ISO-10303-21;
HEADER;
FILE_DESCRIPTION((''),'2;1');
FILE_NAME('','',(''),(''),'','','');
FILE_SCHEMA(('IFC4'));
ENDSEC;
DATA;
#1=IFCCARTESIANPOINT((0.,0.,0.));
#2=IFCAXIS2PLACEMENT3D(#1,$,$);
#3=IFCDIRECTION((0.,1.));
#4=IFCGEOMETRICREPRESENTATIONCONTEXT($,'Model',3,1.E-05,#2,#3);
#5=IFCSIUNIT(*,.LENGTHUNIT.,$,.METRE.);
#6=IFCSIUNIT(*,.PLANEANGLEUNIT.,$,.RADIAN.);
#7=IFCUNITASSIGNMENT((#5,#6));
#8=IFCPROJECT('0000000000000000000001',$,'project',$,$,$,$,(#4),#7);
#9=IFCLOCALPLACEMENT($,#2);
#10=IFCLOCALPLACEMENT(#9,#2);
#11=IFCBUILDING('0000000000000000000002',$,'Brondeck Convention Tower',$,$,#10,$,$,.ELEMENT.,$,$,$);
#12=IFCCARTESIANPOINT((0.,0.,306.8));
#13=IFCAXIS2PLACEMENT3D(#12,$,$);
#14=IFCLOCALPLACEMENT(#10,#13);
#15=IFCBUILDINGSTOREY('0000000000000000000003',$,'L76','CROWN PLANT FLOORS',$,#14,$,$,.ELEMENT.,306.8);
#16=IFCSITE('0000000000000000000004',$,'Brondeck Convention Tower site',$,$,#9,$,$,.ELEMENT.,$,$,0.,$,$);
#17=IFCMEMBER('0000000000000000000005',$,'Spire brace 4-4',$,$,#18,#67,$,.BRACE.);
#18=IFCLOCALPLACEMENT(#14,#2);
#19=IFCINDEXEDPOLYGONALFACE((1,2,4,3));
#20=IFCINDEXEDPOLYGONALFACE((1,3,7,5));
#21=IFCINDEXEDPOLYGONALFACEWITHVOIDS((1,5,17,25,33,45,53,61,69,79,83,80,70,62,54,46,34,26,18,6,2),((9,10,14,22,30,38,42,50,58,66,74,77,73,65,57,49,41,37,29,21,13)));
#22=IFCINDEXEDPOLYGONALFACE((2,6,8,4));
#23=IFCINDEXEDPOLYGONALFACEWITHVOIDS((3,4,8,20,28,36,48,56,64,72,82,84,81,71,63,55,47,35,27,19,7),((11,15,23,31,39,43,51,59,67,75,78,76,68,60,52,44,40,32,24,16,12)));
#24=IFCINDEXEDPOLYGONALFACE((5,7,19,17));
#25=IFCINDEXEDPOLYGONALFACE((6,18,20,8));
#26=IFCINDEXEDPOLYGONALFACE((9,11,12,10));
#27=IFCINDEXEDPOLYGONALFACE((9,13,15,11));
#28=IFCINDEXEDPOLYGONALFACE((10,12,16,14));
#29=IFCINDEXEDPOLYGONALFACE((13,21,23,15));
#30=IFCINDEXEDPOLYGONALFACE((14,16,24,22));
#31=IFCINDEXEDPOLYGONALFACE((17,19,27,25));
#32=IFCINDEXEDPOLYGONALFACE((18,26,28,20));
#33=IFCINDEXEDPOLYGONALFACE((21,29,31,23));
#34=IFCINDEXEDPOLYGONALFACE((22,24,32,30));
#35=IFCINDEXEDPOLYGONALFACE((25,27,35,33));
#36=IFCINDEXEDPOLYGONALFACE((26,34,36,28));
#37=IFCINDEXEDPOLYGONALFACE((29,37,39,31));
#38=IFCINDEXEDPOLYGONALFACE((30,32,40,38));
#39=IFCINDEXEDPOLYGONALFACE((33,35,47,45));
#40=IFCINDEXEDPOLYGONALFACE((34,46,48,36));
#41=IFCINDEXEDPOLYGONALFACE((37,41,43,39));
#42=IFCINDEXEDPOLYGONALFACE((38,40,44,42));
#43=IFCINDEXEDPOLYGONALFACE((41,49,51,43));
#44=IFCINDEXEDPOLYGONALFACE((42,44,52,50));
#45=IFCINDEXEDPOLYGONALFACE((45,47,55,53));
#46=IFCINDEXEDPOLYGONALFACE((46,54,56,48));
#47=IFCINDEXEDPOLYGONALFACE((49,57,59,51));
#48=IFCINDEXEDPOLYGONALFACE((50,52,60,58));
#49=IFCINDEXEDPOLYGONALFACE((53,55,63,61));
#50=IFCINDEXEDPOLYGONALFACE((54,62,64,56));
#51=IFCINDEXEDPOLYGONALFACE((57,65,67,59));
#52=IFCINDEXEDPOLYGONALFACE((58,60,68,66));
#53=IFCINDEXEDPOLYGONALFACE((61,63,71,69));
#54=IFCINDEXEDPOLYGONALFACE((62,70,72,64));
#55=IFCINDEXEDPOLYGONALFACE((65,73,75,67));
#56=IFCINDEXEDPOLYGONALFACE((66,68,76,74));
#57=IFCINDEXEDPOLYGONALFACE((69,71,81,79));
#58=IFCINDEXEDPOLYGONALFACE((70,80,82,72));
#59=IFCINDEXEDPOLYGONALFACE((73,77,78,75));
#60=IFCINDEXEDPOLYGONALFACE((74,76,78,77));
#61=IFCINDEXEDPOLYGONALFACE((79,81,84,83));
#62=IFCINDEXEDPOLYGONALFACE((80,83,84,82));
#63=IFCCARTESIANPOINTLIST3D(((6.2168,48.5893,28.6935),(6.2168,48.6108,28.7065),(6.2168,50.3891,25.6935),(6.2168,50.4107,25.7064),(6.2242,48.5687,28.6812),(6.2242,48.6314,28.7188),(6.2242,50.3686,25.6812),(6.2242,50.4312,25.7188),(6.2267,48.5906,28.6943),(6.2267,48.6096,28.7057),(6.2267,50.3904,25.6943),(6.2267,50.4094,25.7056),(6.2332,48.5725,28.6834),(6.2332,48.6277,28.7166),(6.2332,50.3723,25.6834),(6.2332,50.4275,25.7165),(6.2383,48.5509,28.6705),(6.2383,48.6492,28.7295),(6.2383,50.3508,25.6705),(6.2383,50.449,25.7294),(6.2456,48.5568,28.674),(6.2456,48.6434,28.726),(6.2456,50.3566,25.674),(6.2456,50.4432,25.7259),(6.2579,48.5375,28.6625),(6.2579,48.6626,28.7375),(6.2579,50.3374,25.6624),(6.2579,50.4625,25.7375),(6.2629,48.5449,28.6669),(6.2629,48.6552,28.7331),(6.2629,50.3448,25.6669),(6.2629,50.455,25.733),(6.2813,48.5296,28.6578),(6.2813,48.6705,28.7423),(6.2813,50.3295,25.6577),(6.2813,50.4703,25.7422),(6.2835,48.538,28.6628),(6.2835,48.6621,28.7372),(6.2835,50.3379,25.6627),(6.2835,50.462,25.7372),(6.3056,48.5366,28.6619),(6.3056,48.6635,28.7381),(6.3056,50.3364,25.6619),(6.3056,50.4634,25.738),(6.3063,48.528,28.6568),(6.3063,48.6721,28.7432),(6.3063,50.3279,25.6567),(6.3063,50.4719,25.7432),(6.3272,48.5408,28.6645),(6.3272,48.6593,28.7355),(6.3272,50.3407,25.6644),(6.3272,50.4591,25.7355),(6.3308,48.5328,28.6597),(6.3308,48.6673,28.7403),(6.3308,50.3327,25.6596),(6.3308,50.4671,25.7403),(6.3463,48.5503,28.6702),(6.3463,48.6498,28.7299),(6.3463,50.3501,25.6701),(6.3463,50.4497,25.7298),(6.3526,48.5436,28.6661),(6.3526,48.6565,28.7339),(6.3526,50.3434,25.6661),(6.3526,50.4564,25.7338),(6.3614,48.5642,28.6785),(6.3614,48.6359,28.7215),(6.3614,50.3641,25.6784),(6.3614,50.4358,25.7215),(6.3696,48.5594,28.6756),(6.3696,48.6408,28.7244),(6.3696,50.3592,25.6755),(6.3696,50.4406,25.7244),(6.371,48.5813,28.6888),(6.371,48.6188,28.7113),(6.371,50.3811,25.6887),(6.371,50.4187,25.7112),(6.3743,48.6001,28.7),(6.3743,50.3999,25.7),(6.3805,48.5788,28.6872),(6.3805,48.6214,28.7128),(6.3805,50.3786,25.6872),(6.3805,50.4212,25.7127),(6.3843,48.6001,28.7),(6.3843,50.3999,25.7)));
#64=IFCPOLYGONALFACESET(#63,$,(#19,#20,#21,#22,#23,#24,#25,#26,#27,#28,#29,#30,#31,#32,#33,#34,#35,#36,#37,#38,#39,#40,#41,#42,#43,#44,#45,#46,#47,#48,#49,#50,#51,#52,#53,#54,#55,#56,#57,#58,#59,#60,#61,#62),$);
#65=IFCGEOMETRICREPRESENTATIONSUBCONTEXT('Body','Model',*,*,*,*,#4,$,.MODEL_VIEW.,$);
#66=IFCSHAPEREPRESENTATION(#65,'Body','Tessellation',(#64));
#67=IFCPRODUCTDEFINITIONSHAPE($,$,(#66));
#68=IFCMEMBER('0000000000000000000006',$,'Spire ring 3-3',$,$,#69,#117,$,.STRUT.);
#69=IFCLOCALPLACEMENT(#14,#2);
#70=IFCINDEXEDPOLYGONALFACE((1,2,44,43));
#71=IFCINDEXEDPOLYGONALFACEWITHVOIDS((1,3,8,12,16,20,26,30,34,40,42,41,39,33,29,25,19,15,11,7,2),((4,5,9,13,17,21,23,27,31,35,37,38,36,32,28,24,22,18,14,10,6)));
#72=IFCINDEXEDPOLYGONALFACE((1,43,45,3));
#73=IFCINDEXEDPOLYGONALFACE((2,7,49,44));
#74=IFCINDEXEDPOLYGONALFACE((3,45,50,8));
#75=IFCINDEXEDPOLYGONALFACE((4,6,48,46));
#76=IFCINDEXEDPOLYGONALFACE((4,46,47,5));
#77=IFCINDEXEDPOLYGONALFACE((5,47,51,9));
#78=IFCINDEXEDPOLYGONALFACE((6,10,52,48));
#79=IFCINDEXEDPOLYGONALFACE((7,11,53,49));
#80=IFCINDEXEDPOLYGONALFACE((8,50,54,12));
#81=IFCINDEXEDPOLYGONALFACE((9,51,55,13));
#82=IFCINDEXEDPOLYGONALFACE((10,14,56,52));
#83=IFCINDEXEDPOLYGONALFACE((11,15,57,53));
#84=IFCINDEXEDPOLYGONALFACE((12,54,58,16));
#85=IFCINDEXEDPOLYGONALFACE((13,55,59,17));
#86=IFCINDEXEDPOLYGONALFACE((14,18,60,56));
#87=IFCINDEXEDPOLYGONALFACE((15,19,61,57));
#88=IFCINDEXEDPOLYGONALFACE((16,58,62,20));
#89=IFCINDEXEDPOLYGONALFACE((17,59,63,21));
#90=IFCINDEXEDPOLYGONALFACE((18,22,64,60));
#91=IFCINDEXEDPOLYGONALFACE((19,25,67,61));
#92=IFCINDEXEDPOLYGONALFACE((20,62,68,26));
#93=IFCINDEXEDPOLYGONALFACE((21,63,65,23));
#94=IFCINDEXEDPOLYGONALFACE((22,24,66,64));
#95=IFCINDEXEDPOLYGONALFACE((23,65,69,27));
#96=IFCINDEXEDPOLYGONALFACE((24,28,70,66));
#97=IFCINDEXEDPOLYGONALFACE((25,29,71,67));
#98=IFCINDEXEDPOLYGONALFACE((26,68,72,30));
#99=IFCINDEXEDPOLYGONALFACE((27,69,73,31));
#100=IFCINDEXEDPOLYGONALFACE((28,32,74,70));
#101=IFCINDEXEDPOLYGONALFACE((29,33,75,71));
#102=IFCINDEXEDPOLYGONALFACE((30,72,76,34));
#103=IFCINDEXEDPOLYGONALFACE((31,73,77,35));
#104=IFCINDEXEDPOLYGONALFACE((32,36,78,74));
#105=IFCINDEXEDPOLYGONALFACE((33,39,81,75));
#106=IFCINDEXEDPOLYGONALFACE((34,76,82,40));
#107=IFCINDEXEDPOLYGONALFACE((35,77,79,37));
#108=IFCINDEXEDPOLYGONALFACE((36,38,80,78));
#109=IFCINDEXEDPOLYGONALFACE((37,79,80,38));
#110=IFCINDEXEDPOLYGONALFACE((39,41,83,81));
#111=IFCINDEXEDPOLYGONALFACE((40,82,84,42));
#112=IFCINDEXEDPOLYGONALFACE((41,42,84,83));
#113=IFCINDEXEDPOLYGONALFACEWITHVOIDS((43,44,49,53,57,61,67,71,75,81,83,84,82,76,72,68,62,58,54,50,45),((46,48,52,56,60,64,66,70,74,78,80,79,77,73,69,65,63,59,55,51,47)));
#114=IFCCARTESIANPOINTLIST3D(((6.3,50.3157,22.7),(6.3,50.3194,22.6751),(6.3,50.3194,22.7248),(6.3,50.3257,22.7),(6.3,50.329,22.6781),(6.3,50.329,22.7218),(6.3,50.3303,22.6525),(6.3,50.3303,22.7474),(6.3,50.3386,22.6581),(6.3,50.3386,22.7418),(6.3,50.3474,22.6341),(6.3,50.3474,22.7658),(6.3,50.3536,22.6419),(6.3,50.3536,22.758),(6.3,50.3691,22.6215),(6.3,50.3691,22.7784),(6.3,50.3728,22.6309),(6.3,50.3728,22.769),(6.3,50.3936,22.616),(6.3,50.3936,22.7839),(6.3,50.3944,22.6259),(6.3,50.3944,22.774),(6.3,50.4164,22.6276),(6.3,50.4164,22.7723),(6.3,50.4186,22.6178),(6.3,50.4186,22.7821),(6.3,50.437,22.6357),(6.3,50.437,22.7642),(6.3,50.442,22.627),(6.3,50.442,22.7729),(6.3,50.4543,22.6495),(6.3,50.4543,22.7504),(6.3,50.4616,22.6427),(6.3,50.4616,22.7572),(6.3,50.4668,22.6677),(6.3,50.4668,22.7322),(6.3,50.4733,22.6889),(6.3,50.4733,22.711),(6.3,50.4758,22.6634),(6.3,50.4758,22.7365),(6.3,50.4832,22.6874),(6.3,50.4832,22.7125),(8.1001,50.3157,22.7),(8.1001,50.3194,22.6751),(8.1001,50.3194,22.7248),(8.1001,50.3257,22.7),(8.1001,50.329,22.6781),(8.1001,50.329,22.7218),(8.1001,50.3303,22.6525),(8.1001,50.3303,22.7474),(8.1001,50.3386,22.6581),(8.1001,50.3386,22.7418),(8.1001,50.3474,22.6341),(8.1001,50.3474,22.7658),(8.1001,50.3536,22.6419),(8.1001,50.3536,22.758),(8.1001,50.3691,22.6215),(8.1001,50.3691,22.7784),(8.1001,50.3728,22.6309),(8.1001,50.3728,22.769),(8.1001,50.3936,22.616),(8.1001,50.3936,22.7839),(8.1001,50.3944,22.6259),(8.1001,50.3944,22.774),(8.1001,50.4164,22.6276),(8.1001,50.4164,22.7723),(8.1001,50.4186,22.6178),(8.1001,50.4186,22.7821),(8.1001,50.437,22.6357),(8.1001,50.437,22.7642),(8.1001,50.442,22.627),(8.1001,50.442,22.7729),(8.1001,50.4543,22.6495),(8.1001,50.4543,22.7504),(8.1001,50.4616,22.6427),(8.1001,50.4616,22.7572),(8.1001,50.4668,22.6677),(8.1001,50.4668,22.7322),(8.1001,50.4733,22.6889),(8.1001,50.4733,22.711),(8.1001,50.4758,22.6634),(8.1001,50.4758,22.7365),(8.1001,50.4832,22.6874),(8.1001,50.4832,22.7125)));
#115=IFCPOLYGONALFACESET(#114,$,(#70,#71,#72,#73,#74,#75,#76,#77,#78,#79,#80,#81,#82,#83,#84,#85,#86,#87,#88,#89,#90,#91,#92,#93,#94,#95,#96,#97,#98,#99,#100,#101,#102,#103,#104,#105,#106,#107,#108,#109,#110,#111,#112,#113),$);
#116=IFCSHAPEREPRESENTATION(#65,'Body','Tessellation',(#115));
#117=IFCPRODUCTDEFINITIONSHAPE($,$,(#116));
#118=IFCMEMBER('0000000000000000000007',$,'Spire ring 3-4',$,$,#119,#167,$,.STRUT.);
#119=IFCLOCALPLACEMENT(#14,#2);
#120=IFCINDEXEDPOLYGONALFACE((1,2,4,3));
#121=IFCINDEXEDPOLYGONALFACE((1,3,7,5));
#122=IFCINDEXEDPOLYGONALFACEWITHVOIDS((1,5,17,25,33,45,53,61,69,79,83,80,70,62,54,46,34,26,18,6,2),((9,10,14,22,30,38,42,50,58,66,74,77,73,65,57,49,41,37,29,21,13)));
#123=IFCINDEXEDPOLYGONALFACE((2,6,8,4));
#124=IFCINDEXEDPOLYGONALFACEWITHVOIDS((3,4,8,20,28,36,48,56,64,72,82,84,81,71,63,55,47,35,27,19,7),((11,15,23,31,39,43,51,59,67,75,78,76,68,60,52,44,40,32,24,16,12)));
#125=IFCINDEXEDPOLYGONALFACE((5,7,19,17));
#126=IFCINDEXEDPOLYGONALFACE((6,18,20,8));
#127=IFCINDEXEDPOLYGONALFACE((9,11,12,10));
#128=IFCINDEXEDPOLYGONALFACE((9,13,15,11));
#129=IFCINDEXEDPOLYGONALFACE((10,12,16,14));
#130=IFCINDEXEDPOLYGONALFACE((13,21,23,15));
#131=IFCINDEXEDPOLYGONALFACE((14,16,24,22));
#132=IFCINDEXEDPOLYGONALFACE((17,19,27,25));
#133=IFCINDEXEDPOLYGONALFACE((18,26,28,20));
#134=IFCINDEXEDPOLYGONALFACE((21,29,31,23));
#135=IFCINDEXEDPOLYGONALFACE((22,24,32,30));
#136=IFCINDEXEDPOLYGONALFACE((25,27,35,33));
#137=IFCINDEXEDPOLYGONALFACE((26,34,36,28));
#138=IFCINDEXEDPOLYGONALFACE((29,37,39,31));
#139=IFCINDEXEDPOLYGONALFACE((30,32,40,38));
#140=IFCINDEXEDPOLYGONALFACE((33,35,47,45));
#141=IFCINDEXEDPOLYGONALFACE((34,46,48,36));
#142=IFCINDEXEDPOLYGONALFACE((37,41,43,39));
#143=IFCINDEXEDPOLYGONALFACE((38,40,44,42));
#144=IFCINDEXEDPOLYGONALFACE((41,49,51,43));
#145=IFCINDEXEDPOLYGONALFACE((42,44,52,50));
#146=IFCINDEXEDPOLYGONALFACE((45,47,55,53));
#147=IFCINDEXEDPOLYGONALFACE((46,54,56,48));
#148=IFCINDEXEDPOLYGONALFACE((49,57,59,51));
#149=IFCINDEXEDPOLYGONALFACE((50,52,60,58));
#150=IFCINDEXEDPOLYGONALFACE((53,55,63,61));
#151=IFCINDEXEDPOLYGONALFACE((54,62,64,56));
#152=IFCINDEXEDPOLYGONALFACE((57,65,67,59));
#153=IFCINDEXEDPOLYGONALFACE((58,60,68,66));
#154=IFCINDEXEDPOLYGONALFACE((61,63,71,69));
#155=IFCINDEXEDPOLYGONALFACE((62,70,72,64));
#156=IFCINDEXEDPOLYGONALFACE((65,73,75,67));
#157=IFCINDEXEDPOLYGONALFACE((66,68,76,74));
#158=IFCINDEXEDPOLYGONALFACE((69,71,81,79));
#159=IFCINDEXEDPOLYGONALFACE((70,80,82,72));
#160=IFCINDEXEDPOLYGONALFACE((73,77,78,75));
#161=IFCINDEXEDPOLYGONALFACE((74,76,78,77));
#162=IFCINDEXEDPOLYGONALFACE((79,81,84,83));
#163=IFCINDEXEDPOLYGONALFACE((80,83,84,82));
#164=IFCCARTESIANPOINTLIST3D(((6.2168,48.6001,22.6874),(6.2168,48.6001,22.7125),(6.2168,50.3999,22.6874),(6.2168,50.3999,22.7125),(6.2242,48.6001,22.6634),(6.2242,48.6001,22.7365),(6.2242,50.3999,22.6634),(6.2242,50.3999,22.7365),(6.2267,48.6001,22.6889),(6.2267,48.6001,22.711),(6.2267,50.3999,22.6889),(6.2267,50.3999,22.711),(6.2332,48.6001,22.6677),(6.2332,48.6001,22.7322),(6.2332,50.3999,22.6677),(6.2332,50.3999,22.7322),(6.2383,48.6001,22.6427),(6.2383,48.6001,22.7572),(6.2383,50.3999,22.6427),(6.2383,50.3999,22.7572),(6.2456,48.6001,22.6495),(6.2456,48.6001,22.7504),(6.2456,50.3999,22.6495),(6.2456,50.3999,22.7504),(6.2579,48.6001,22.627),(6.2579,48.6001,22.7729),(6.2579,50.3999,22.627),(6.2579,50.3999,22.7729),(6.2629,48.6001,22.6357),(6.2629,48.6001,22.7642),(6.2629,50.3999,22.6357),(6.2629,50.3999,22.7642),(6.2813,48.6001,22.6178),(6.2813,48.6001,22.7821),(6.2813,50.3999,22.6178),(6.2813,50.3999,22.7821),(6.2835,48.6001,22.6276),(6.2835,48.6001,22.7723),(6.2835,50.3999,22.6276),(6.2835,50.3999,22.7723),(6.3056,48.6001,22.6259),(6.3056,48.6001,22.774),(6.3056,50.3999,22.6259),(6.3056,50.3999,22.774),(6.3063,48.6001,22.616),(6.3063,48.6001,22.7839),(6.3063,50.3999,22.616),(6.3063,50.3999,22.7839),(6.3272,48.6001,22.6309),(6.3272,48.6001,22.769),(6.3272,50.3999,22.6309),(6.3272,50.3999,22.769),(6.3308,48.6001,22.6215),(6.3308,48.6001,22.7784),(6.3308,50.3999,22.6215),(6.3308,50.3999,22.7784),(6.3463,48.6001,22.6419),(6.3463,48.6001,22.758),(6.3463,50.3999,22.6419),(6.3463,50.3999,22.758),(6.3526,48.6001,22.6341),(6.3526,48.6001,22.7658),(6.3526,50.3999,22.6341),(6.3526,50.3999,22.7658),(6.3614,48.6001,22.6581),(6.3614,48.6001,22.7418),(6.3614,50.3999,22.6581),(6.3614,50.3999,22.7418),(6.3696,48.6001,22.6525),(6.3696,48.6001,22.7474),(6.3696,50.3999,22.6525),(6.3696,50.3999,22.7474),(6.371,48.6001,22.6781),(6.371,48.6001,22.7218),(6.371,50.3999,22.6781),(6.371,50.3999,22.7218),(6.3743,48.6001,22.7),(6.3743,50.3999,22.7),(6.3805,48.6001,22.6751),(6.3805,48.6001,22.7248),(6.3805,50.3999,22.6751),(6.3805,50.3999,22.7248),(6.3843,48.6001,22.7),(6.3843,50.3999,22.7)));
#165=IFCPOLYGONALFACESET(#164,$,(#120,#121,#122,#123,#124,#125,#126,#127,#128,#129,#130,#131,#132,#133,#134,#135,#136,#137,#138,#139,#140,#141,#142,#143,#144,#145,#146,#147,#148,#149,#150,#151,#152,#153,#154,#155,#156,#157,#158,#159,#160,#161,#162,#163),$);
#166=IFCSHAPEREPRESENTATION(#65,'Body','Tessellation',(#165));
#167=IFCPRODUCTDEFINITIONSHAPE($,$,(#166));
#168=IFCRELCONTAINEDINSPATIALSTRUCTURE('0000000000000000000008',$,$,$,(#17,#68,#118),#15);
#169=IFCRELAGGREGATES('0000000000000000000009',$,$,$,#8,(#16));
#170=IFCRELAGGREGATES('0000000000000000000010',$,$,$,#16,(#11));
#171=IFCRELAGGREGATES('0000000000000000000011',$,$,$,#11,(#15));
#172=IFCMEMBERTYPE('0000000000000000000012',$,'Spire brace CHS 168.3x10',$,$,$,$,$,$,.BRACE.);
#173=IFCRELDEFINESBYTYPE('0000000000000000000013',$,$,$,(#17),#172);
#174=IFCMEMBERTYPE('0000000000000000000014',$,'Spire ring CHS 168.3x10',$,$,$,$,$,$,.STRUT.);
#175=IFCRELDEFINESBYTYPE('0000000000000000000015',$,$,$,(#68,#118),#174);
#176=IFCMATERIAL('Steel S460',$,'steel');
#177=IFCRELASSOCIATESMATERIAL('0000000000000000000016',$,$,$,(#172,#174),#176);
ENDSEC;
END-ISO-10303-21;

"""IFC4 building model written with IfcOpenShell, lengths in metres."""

from ifc_helpers import new_model, si_unit, direction, frame, origin, origin_2d, place, context, subcontext, project, spatial, hollow_circle, extrude, material, material_profile, profile_set, type_object, element, save


model = new_model("IFC4")

# Units and contexts
model_context = context("Model", 3, precision=1e-05, world=origin(), true_north=direction((0.0, 1.0)))
body_context = subcontext(model_context, "Body", "Model", "MODEL_VIEW")
ifc_project = project(units=[si_unit("LENGTHUNIT", "METRE"), si_unit("PLANEANGLEUNIT", "RADIAN")], contexts=[model_context])

# Site, building, storey
site_placement = place(None, origin())
site = spatial("IfcSite", under=ifc_project, at=site_placement, Name="Brondeck Convention Tower site", CompositionType="ELEMENT", RefElevation=0.0)
building_placement = place(site_placement, origin())
building = spatial("IfcBuilding", under=site, at=building_placement, Name="Brondeck Convention Tower", CompositionType="ELEMENT")
storey_placement = place(building_placement, frame((0.0, 0.0, 306.8)))
storey = spatial("IfcBuildingStorey", under=building, at=storey_placement, Name="L76", Description="CROWN PLANT FLOORS", CompositionType="ELEMENT", Elevation=306.8)

# Members
ifc_material = material(Name="Steel S460", Category="steel")
ifc_material_profile_1 = material_profile(ifc_material, hollow_circle(Radius=0.0842, WallThickness=0.01, at=origin_2d()), Name="CHS 168.3x10")
ifc_profile_set_1 = profile_set([ifc_material_profile_1], Name="Steel S460")
member_type_1 = type_object("IfcMemberType", Name="Spire brace CHS 168.3x10", PredefinedType="BRACE", material=ifc_profile_set_1)
for number, where, z_axis, x_axis, name in (
    (1, (6.3, 50.3999, 25.7), (0.0, -0.514455, 0.857518), (1.0, 0.0, 0.0), "Spire brace 4-4"),
):
    element("IfcMember", number, at=place(storey_placement, frame(where, z_axis=z_axis, x_axis=x_axis)), inside=storey, type_object=member_type_1, Name=name, PredefinedType="BRACE", context=body_context, shape_type="SweptSolid", body=[
        extrude(hollow_circle(Radius=0.0842, WallThickness=0.01, at=origin_2d()), origin(), (0.0, 0.0, 1.0), 3.4985),
    ])
ifc_material_profile_2 = material_profile(ifc_material, hollow_circle(Radius=0.0842, WallThickness=0.01, at=origin_2d()), Name="CHS 168.3x10")
ifc_profile_set_2 = profile_set([ifc_material_profile_2], Name="Steel S460")
member_type_2 = type_object("IfcMemberType", Name="Spire ring CHS 168.3x10", PredefinedType="STRUT", material=ifc_profile_set_2)
member_1_placement = place(storey_placement, frame((8.1001, 50.3999, 22.7), z_axis=(-1.0, 0.0, 0.0), x_axis=(0.0, -1.0, 0.0)))
element("IfcMember", 2, at=member_1_placement, inside=storey, type_object=member_type_2, Name="Spire ring 3-3", PredefinedType="STRUT", context=body_context, shape_type="SweptSolid", body=[
    extrude(hollow_circle(Radius=0.0842, WallThickness=0.01, at=origin_2d()), origin(), (0.0, 0.0, 1.0), 1.8),
])
member_2_placement = place(storey_placement, frame((6.3, 50.3999, 22.7), z_axis=(0.0, -1.0, 0.0), x_axis=(1.0, 0.0, 0.0)))
element("IfcMember", 3, at=member_2_placement, inside=storey, type_object=member_type_2, Name="Spire ring 3-4", PredefinedType="STRUT", context=body_context, shape_type="SweptSolid", body=[
    extrude(hollow_circle(Radius=0.0842, WallThickness=0.01, at=origin_2d()), origin(), (0.0, 0.0, 1.0), 1.7998),
])

save(model, "model.ifc")
